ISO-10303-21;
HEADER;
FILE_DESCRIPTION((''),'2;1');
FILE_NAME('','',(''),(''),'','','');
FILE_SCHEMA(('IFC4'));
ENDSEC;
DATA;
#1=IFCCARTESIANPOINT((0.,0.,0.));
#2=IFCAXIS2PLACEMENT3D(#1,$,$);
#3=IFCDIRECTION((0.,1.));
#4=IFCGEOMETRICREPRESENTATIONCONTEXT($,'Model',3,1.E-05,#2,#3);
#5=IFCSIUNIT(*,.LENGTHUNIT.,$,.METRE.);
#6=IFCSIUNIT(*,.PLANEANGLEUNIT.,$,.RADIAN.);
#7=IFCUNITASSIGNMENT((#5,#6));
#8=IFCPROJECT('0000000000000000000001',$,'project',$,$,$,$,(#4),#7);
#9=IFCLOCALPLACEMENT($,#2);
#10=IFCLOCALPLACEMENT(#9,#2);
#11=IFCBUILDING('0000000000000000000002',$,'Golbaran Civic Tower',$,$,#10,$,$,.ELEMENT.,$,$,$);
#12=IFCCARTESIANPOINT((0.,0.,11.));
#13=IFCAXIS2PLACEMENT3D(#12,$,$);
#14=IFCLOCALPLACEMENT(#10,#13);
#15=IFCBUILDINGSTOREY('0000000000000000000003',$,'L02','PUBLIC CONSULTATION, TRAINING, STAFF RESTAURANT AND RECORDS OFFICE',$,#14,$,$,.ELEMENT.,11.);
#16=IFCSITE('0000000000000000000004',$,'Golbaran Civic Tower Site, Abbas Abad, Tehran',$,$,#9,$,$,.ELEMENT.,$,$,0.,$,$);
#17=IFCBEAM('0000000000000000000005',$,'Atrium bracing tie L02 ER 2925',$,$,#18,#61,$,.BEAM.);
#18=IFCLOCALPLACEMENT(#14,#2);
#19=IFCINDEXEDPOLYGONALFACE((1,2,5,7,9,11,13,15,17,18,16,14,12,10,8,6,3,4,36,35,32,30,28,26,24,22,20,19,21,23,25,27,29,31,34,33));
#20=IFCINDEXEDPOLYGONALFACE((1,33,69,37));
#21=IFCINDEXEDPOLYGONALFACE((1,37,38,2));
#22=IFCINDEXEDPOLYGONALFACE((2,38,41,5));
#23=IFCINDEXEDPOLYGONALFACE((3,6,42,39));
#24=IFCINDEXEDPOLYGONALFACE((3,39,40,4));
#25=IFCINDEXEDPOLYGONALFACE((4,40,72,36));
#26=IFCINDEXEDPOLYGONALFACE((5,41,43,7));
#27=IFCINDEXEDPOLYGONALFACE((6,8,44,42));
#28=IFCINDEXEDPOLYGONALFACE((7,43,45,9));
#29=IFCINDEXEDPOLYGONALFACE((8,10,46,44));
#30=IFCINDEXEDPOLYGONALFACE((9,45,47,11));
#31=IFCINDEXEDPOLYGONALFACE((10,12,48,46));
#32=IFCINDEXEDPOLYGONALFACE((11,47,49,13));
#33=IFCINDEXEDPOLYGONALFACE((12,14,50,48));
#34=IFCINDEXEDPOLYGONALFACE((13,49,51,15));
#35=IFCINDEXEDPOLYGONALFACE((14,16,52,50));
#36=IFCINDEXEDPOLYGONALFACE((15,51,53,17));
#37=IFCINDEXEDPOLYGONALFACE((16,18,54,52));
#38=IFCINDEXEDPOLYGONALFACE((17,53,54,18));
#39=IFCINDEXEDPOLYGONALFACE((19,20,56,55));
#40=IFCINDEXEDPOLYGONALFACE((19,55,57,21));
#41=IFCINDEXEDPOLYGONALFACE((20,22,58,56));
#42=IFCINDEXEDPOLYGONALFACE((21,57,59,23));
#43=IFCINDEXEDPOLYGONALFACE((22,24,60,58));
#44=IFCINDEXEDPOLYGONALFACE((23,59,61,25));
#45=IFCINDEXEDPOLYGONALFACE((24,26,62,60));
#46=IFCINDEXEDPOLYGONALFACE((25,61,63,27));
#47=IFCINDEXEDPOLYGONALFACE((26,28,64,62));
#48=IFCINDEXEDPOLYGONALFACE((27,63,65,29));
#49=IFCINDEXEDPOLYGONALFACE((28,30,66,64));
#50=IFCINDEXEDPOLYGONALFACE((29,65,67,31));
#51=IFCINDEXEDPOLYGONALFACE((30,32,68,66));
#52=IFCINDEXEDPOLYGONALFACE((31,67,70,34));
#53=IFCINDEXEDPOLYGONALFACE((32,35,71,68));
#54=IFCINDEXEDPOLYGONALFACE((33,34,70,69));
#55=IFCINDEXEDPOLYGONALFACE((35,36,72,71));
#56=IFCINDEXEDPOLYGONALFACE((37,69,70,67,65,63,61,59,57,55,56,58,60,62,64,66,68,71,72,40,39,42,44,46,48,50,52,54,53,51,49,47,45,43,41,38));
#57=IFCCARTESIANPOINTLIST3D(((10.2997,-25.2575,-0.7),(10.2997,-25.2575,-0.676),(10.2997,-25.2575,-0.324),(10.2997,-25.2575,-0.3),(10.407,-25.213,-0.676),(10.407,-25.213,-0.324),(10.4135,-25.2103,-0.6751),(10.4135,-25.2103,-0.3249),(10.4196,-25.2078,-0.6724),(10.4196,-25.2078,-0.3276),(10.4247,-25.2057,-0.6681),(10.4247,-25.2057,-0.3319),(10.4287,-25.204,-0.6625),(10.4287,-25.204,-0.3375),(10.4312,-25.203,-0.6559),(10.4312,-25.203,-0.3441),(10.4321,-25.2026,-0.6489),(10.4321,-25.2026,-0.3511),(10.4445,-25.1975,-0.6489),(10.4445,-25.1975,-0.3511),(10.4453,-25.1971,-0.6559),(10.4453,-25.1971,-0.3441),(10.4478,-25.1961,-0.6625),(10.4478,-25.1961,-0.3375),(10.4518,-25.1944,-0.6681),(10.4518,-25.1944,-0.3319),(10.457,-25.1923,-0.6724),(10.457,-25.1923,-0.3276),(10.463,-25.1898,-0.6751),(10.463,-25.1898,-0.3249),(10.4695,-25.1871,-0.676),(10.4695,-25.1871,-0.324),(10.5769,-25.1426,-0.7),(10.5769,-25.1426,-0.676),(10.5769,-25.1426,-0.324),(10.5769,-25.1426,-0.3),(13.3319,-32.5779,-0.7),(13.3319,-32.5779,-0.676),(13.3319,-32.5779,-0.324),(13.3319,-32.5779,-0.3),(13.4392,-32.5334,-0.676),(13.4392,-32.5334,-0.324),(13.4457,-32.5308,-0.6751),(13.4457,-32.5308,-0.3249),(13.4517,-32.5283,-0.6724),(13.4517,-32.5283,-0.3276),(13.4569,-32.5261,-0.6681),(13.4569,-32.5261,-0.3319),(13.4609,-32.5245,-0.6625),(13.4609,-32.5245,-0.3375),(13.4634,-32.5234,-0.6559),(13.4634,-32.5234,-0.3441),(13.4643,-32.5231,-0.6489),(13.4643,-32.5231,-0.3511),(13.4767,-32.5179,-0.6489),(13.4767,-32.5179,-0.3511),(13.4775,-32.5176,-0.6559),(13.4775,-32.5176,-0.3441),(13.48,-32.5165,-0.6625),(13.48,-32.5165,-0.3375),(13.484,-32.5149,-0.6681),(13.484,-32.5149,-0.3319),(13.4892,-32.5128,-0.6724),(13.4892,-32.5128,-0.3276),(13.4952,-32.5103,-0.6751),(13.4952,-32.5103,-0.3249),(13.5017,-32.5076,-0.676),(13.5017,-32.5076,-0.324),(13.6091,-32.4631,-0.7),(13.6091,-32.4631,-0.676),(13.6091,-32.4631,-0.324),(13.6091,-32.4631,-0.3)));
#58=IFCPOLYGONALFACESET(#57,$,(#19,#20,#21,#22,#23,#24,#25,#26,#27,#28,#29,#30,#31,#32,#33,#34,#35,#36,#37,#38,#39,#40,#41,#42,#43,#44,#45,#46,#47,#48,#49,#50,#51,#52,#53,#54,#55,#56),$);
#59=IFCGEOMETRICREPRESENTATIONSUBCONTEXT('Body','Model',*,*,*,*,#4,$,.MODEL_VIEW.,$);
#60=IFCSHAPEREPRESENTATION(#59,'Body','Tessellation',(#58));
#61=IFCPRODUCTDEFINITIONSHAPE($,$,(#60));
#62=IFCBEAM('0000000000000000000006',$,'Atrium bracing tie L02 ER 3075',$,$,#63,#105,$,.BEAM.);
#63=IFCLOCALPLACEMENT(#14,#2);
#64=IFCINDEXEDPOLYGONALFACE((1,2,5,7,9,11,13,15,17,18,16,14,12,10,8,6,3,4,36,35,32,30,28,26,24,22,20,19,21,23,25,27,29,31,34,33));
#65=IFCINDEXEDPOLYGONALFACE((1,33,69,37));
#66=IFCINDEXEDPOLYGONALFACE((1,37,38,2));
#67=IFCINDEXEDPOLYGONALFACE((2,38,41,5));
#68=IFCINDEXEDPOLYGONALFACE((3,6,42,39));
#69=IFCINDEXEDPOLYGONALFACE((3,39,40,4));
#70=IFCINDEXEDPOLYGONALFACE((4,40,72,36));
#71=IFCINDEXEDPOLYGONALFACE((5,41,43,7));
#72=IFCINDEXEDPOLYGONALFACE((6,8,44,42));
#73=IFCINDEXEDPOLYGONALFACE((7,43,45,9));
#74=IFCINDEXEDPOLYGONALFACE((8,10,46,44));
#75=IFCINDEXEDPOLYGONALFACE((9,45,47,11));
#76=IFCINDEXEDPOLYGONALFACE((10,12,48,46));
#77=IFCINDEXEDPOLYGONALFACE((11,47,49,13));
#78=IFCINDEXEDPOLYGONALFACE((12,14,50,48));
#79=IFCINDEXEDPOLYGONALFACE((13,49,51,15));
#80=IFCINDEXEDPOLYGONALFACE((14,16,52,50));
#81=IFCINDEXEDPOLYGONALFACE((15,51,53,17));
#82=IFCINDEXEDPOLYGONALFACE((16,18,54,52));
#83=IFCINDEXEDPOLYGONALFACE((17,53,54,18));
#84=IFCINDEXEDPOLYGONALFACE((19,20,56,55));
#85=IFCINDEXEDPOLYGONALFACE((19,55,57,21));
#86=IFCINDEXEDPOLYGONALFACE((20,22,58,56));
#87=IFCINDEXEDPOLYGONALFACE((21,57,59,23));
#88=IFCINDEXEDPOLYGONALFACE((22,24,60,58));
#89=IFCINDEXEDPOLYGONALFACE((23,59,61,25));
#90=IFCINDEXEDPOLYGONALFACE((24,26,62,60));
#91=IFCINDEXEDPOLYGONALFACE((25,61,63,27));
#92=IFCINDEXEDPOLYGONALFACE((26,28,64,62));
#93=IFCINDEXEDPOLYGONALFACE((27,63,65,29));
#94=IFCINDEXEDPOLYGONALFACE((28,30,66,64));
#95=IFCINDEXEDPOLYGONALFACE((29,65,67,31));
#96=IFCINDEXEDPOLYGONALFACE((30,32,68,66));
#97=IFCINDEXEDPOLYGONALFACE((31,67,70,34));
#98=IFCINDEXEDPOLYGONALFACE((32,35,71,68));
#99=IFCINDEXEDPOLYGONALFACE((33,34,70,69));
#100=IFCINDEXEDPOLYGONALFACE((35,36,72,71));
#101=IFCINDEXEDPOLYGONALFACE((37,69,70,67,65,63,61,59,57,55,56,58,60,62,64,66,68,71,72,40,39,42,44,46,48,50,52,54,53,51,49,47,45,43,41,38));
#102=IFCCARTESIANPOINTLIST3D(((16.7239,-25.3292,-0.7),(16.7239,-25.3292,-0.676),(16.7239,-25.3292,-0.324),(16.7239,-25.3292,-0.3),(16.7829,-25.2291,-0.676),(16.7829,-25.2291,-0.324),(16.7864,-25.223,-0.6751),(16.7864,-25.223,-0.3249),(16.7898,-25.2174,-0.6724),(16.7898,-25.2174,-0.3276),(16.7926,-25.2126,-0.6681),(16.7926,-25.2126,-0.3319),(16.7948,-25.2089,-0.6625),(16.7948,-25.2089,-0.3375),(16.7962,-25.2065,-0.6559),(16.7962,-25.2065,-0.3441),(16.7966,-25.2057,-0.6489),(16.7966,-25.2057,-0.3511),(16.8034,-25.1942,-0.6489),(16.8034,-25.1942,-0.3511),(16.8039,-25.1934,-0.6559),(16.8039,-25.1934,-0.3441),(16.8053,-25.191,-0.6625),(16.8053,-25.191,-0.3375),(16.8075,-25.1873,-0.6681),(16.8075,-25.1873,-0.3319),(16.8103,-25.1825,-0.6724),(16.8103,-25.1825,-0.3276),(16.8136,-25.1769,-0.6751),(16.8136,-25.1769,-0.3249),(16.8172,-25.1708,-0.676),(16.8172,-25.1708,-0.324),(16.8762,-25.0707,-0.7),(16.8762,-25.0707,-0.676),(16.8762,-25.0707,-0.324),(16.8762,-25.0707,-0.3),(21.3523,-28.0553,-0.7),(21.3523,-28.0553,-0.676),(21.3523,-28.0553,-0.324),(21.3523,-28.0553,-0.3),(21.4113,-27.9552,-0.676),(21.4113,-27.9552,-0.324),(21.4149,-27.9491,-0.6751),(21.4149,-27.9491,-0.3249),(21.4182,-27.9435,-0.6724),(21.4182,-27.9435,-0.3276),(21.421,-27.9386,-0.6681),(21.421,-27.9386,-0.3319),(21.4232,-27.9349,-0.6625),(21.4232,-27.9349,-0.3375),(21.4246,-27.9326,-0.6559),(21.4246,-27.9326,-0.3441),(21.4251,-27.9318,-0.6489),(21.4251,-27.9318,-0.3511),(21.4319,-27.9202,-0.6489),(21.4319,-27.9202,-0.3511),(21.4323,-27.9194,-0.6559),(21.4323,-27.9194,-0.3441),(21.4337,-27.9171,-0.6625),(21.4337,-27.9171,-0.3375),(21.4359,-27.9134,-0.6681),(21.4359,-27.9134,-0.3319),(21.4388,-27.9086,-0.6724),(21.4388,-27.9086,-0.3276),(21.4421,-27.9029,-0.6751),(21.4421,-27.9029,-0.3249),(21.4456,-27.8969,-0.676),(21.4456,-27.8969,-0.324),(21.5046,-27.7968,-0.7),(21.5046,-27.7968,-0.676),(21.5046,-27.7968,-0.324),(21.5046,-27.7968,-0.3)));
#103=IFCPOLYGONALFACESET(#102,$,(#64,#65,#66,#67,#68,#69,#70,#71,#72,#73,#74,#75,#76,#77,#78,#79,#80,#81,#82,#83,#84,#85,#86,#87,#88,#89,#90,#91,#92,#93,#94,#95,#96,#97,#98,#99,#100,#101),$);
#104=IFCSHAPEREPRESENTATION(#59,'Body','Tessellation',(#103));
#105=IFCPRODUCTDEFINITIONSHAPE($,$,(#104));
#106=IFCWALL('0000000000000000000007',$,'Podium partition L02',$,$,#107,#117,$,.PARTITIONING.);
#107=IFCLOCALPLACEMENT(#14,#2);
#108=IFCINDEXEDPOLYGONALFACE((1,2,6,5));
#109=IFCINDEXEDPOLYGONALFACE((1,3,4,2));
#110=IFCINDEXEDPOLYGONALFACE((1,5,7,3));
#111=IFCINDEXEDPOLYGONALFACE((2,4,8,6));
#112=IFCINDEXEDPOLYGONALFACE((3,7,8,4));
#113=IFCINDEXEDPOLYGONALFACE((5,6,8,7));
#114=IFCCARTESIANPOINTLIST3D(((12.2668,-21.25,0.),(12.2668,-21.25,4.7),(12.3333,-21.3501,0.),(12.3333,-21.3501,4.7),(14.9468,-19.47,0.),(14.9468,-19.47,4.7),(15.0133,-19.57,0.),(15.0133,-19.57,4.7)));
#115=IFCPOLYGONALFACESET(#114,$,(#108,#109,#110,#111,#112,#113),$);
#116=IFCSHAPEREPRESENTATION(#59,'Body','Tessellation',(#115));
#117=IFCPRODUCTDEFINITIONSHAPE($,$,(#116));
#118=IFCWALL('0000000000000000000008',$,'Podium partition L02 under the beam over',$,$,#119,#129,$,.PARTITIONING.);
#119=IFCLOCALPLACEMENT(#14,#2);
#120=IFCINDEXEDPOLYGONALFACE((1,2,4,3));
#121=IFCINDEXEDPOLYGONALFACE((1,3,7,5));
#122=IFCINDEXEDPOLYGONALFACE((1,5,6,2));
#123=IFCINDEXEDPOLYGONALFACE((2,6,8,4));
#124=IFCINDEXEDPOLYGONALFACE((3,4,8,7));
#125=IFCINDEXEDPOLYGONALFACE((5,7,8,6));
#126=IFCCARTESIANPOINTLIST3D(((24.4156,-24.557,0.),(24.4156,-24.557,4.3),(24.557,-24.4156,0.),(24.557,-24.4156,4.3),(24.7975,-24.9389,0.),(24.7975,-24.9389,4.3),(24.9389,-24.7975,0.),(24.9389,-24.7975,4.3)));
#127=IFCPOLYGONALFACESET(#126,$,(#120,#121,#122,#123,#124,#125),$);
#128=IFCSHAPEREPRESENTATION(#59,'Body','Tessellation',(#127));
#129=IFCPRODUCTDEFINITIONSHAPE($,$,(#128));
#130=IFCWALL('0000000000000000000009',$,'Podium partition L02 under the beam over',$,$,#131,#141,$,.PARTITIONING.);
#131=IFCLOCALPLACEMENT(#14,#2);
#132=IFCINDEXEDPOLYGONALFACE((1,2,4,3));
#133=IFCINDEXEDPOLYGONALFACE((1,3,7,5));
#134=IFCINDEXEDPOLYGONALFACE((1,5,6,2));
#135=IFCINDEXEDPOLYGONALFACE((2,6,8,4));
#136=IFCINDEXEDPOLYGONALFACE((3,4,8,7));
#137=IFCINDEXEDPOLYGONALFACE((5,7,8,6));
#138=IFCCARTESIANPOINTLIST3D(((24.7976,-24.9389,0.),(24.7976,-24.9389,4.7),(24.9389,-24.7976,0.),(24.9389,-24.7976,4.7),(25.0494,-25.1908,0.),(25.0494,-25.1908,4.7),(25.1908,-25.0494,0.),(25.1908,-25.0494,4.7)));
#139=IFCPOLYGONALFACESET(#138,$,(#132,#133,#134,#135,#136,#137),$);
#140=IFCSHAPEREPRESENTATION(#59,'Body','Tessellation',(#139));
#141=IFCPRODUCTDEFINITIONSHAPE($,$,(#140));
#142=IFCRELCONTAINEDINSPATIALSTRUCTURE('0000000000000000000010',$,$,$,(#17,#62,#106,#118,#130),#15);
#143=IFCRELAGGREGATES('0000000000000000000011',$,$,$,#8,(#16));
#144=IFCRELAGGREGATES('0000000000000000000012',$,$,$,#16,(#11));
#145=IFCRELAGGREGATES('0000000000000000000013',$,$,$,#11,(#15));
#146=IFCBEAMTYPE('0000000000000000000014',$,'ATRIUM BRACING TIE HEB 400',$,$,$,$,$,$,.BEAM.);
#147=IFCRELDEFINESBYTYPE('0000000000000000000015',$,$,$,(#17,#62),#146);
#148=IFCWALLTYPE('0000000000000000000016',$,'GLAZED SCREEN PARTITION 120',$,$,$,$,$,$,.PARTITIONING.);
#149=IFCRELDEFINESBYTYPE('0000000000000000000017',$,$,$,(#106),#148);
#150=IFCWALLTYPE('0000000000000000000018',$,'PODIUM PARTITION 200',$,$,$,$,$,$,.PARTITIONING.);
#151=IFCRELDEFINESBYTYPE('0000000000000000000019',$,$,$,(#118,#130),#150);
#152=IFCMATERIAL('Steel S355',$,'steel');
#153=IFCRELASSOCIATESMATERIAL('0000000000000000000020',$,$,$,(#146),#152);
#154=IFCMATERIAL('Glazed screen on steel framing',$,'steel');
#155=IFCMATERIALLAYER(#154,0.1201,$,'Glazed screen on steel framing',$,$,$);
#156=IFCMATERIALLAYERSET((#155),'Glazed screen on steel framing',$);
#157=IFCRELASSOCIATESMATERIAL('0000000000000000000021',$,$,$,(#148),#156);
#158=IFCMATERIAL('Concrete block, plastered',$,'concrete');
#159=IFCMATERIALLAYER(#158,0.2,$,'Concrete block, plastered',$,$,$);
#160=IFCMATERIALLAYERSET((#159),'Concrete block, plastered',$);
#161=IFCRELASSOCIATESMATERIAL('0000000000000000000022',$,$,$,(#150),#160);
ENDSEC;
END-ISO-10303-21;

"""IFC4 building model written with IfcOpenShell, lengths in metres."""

from ifc_helpers import new_model, si_unit, direction, frame, frame_2d, origin, origin_2d, place, context, subcontext, project, spatial, rectangle, i_section, extrude, material, layer, layer_set, material_profile, profile_set, type_object, element, save


model = new_model("IFC4")

# Units and contexts
model_context = context("Model", 3, precision=1e-05, world=origin(), true_north=direction((0.0, 1.0)))
body_context = subcontext(model_context, "Body", "Model", "MODEL_VIEW")
ifc_project = project(units=[si_unit("LENGTHUNIT", "METRE"), si_unit("PLANEANGLEUNIT", "RADIAN")], contexts=[model_context])

# Site, building, storey
site_placement = place(None, origin())
site = spatial("IfcSite", under=ifc_project, at=site_placement, Name="Golbaran Civic Tower Site, Abbas Abad, Tehran", CompositionType="ELEMENT", RefElevation=0.0)
building_placement = place(site_placement, origin())
building = spatial("IfcBuilding", under=site, at=building_placement, Name="Golbaran Civic Tower", CompositionType="ELEMENT")
storey_placement = place(building_placement, frame((0.0, 0.0, 11.0)))
storey = spatial("IfcBuildingStorey", under=building, at=storey_placement, Name="L02", Description="PUBLIC CONSULTATION, TRAINING, STAFF RESTAURANT AND RECORDS OFFICE", CompositionType="ELEMENT", Elevation=11.0)

# Beams
ifc_material_1 = material(Name="Steel S355", Category="steel")
ifc_material_profile_1 = material_profile(ifc_material_1, i_section(OverallWidth=0.3, OverallDepth=0.3999, WebThickness=0.0134, FlangeThickness=0.0239, FilletRadius=0.0271, at=origin_2d()), Name="HEB 400")
ifc_profile_set_1 = profile_set([ifc_material_profile_1], Name="Steel S355")
beam_type = type_object("IfcBeamType", Name="ATRIUM BRACING TIE HEB 400", PredefinedType="BEAM", material=ifc_profile_set_1)
beam_1_placement = place(storey_placement, frame((13.4705, -32.5205, -0.5), z_axis=(-0.382678, 0.923882, 0.0), x_axis=(-0.923882, -0.382678, 0.0)))
element("IfcBeam", 1, at=beam_1_placement, inside=storey, type_object=beam_type, Name="Atrium bracing tie L02 ER 2925", PredefinedType="BEAM", context=body_context, shape_type="SweptSolid", body=[
    extrude(i_section(OverallWidth=0.3, OverallDepth=0.3999, WebThickness=0.0134, FlangeThickness=0.0239, FilletRadius=0.0271, at=origin_2d()), origin(), (0.0, 0.0, 1.0), 7.9236),
])
beam_2_placement = place(storey_placement, frame((21.4285, -27.926, -0.5), z_axis=(-0.861651, 0.507501, 0.0), x_axis=(-0.507501, -0.861651, 0.0)))
element("IfcBeam", 2, at=beam_2_placement, inside=storey, type_object=beam_type, Name="Atrium bracing tie L02 ER 3075", PredefinedType="BEAM", context=body_context, shape_type="SweptSolid", body=[
    extrude(i_section(OverallWidth=0.3, OverallDepth=0.3999, WebThickness=0.0134, FlangeThickness=0.0239, FilletRadius=0.0271, at=origin_2d()), origin(), (0.0, 0.0, 1.0), 5.3716),
])

# Walls
ifc_material_2 = material(Name="Glazed screen on steel framing", Category="steel")
ifc_layer_1 = layer(ifc_material_2, 0.1201, Name="Glazed screen on steel framing")
ifc_layer_set_1 = layer_set([ifc_layer_1], Name="Glazed screen on steel framing")
wall_type_1 = type_object("IfcWallType", Name="GLAZED SCREEN PARTITION 120", PredefinedType="PARTITIONING", material=ifc_layer_set_1)
wall_1_placement = place(storey_placement, frame((12.3, -21.3, 0.0), z_axis=(0.0, 0.0, 1.0), x_axis=(0.832995, 0.553281, 0.0)))
element("IfcWall", 3, at=wall_1_placement, inside=storey, type_object=wall_type_1, Name="Podium partition L02", PredefinedType="PARTITIONING", context=body_context, shape_type="SweptSolid", body=[
    extrude(rectangle(XDim=3.2173, YDim=0.1201, at=frame_2d((1.6086, 0.0))), origin(), (0.0, 0.0, 1.0), 4.7),
])
ifc_material_3 = material(Name="Concrete block, plastered", Category="concrete")
ifc_layer_2 = layer(ifc_material_3, 0.2, Name="Concrete block, plastered")
ifc_layer_set_2 = layer_set([ifc_layer_2], Name="Concrete block, plastered")
wall_type_2 = type_object("IfcWallType", Name="PODIUM PARTITION 200", PredefinedType="PARTITIONING", material=ifc_layer_set_2)
wall_2_placement = place(storey_placement, frame((24.4863, -24.4863, 0.0), z_axis=(0.0, 0.0, 1.0), x_axis=(0.707107, -0.707107, 0.0)))
element("IfcWall", 4, at=wall_2_placement, inside=storey, type_object=wall_type_2, Name="Podium partition L02 under the beam over", PredefinedType="PARTITIONING", context=body_context, shape_type="SweptSolid", body=[
    extrude(rectangle(XDim=0.54, YDim=0.2, at=frame_2d((0.27, 0.0))), origin(), (0.0, 0.0, 1.0), 4.3),
])
wall_3_placement = place(storey_placement, frame((24.8682, -24.8682, 0.0), z_axis=(0.0, 0.0, 1.0), x_axis=(0.707107, -0.707107, 0.0)))
element("IfcWall", 5, at=wall_3_placement, inside=storey, type_object=wall_type_2, Name="Podium partition L02 under the beam over", PredefinedType="PARTITIONING", context=body_context, shape_type="SweptSolid", body=[
    extrude(rectangle(XDim=0.3562, YDim=0.2, at=frame_2d((0.1782, 0.0))), origin(), (0.0, 0.0, 1.0), 4.7),
])

save(model, "model.ifc")
